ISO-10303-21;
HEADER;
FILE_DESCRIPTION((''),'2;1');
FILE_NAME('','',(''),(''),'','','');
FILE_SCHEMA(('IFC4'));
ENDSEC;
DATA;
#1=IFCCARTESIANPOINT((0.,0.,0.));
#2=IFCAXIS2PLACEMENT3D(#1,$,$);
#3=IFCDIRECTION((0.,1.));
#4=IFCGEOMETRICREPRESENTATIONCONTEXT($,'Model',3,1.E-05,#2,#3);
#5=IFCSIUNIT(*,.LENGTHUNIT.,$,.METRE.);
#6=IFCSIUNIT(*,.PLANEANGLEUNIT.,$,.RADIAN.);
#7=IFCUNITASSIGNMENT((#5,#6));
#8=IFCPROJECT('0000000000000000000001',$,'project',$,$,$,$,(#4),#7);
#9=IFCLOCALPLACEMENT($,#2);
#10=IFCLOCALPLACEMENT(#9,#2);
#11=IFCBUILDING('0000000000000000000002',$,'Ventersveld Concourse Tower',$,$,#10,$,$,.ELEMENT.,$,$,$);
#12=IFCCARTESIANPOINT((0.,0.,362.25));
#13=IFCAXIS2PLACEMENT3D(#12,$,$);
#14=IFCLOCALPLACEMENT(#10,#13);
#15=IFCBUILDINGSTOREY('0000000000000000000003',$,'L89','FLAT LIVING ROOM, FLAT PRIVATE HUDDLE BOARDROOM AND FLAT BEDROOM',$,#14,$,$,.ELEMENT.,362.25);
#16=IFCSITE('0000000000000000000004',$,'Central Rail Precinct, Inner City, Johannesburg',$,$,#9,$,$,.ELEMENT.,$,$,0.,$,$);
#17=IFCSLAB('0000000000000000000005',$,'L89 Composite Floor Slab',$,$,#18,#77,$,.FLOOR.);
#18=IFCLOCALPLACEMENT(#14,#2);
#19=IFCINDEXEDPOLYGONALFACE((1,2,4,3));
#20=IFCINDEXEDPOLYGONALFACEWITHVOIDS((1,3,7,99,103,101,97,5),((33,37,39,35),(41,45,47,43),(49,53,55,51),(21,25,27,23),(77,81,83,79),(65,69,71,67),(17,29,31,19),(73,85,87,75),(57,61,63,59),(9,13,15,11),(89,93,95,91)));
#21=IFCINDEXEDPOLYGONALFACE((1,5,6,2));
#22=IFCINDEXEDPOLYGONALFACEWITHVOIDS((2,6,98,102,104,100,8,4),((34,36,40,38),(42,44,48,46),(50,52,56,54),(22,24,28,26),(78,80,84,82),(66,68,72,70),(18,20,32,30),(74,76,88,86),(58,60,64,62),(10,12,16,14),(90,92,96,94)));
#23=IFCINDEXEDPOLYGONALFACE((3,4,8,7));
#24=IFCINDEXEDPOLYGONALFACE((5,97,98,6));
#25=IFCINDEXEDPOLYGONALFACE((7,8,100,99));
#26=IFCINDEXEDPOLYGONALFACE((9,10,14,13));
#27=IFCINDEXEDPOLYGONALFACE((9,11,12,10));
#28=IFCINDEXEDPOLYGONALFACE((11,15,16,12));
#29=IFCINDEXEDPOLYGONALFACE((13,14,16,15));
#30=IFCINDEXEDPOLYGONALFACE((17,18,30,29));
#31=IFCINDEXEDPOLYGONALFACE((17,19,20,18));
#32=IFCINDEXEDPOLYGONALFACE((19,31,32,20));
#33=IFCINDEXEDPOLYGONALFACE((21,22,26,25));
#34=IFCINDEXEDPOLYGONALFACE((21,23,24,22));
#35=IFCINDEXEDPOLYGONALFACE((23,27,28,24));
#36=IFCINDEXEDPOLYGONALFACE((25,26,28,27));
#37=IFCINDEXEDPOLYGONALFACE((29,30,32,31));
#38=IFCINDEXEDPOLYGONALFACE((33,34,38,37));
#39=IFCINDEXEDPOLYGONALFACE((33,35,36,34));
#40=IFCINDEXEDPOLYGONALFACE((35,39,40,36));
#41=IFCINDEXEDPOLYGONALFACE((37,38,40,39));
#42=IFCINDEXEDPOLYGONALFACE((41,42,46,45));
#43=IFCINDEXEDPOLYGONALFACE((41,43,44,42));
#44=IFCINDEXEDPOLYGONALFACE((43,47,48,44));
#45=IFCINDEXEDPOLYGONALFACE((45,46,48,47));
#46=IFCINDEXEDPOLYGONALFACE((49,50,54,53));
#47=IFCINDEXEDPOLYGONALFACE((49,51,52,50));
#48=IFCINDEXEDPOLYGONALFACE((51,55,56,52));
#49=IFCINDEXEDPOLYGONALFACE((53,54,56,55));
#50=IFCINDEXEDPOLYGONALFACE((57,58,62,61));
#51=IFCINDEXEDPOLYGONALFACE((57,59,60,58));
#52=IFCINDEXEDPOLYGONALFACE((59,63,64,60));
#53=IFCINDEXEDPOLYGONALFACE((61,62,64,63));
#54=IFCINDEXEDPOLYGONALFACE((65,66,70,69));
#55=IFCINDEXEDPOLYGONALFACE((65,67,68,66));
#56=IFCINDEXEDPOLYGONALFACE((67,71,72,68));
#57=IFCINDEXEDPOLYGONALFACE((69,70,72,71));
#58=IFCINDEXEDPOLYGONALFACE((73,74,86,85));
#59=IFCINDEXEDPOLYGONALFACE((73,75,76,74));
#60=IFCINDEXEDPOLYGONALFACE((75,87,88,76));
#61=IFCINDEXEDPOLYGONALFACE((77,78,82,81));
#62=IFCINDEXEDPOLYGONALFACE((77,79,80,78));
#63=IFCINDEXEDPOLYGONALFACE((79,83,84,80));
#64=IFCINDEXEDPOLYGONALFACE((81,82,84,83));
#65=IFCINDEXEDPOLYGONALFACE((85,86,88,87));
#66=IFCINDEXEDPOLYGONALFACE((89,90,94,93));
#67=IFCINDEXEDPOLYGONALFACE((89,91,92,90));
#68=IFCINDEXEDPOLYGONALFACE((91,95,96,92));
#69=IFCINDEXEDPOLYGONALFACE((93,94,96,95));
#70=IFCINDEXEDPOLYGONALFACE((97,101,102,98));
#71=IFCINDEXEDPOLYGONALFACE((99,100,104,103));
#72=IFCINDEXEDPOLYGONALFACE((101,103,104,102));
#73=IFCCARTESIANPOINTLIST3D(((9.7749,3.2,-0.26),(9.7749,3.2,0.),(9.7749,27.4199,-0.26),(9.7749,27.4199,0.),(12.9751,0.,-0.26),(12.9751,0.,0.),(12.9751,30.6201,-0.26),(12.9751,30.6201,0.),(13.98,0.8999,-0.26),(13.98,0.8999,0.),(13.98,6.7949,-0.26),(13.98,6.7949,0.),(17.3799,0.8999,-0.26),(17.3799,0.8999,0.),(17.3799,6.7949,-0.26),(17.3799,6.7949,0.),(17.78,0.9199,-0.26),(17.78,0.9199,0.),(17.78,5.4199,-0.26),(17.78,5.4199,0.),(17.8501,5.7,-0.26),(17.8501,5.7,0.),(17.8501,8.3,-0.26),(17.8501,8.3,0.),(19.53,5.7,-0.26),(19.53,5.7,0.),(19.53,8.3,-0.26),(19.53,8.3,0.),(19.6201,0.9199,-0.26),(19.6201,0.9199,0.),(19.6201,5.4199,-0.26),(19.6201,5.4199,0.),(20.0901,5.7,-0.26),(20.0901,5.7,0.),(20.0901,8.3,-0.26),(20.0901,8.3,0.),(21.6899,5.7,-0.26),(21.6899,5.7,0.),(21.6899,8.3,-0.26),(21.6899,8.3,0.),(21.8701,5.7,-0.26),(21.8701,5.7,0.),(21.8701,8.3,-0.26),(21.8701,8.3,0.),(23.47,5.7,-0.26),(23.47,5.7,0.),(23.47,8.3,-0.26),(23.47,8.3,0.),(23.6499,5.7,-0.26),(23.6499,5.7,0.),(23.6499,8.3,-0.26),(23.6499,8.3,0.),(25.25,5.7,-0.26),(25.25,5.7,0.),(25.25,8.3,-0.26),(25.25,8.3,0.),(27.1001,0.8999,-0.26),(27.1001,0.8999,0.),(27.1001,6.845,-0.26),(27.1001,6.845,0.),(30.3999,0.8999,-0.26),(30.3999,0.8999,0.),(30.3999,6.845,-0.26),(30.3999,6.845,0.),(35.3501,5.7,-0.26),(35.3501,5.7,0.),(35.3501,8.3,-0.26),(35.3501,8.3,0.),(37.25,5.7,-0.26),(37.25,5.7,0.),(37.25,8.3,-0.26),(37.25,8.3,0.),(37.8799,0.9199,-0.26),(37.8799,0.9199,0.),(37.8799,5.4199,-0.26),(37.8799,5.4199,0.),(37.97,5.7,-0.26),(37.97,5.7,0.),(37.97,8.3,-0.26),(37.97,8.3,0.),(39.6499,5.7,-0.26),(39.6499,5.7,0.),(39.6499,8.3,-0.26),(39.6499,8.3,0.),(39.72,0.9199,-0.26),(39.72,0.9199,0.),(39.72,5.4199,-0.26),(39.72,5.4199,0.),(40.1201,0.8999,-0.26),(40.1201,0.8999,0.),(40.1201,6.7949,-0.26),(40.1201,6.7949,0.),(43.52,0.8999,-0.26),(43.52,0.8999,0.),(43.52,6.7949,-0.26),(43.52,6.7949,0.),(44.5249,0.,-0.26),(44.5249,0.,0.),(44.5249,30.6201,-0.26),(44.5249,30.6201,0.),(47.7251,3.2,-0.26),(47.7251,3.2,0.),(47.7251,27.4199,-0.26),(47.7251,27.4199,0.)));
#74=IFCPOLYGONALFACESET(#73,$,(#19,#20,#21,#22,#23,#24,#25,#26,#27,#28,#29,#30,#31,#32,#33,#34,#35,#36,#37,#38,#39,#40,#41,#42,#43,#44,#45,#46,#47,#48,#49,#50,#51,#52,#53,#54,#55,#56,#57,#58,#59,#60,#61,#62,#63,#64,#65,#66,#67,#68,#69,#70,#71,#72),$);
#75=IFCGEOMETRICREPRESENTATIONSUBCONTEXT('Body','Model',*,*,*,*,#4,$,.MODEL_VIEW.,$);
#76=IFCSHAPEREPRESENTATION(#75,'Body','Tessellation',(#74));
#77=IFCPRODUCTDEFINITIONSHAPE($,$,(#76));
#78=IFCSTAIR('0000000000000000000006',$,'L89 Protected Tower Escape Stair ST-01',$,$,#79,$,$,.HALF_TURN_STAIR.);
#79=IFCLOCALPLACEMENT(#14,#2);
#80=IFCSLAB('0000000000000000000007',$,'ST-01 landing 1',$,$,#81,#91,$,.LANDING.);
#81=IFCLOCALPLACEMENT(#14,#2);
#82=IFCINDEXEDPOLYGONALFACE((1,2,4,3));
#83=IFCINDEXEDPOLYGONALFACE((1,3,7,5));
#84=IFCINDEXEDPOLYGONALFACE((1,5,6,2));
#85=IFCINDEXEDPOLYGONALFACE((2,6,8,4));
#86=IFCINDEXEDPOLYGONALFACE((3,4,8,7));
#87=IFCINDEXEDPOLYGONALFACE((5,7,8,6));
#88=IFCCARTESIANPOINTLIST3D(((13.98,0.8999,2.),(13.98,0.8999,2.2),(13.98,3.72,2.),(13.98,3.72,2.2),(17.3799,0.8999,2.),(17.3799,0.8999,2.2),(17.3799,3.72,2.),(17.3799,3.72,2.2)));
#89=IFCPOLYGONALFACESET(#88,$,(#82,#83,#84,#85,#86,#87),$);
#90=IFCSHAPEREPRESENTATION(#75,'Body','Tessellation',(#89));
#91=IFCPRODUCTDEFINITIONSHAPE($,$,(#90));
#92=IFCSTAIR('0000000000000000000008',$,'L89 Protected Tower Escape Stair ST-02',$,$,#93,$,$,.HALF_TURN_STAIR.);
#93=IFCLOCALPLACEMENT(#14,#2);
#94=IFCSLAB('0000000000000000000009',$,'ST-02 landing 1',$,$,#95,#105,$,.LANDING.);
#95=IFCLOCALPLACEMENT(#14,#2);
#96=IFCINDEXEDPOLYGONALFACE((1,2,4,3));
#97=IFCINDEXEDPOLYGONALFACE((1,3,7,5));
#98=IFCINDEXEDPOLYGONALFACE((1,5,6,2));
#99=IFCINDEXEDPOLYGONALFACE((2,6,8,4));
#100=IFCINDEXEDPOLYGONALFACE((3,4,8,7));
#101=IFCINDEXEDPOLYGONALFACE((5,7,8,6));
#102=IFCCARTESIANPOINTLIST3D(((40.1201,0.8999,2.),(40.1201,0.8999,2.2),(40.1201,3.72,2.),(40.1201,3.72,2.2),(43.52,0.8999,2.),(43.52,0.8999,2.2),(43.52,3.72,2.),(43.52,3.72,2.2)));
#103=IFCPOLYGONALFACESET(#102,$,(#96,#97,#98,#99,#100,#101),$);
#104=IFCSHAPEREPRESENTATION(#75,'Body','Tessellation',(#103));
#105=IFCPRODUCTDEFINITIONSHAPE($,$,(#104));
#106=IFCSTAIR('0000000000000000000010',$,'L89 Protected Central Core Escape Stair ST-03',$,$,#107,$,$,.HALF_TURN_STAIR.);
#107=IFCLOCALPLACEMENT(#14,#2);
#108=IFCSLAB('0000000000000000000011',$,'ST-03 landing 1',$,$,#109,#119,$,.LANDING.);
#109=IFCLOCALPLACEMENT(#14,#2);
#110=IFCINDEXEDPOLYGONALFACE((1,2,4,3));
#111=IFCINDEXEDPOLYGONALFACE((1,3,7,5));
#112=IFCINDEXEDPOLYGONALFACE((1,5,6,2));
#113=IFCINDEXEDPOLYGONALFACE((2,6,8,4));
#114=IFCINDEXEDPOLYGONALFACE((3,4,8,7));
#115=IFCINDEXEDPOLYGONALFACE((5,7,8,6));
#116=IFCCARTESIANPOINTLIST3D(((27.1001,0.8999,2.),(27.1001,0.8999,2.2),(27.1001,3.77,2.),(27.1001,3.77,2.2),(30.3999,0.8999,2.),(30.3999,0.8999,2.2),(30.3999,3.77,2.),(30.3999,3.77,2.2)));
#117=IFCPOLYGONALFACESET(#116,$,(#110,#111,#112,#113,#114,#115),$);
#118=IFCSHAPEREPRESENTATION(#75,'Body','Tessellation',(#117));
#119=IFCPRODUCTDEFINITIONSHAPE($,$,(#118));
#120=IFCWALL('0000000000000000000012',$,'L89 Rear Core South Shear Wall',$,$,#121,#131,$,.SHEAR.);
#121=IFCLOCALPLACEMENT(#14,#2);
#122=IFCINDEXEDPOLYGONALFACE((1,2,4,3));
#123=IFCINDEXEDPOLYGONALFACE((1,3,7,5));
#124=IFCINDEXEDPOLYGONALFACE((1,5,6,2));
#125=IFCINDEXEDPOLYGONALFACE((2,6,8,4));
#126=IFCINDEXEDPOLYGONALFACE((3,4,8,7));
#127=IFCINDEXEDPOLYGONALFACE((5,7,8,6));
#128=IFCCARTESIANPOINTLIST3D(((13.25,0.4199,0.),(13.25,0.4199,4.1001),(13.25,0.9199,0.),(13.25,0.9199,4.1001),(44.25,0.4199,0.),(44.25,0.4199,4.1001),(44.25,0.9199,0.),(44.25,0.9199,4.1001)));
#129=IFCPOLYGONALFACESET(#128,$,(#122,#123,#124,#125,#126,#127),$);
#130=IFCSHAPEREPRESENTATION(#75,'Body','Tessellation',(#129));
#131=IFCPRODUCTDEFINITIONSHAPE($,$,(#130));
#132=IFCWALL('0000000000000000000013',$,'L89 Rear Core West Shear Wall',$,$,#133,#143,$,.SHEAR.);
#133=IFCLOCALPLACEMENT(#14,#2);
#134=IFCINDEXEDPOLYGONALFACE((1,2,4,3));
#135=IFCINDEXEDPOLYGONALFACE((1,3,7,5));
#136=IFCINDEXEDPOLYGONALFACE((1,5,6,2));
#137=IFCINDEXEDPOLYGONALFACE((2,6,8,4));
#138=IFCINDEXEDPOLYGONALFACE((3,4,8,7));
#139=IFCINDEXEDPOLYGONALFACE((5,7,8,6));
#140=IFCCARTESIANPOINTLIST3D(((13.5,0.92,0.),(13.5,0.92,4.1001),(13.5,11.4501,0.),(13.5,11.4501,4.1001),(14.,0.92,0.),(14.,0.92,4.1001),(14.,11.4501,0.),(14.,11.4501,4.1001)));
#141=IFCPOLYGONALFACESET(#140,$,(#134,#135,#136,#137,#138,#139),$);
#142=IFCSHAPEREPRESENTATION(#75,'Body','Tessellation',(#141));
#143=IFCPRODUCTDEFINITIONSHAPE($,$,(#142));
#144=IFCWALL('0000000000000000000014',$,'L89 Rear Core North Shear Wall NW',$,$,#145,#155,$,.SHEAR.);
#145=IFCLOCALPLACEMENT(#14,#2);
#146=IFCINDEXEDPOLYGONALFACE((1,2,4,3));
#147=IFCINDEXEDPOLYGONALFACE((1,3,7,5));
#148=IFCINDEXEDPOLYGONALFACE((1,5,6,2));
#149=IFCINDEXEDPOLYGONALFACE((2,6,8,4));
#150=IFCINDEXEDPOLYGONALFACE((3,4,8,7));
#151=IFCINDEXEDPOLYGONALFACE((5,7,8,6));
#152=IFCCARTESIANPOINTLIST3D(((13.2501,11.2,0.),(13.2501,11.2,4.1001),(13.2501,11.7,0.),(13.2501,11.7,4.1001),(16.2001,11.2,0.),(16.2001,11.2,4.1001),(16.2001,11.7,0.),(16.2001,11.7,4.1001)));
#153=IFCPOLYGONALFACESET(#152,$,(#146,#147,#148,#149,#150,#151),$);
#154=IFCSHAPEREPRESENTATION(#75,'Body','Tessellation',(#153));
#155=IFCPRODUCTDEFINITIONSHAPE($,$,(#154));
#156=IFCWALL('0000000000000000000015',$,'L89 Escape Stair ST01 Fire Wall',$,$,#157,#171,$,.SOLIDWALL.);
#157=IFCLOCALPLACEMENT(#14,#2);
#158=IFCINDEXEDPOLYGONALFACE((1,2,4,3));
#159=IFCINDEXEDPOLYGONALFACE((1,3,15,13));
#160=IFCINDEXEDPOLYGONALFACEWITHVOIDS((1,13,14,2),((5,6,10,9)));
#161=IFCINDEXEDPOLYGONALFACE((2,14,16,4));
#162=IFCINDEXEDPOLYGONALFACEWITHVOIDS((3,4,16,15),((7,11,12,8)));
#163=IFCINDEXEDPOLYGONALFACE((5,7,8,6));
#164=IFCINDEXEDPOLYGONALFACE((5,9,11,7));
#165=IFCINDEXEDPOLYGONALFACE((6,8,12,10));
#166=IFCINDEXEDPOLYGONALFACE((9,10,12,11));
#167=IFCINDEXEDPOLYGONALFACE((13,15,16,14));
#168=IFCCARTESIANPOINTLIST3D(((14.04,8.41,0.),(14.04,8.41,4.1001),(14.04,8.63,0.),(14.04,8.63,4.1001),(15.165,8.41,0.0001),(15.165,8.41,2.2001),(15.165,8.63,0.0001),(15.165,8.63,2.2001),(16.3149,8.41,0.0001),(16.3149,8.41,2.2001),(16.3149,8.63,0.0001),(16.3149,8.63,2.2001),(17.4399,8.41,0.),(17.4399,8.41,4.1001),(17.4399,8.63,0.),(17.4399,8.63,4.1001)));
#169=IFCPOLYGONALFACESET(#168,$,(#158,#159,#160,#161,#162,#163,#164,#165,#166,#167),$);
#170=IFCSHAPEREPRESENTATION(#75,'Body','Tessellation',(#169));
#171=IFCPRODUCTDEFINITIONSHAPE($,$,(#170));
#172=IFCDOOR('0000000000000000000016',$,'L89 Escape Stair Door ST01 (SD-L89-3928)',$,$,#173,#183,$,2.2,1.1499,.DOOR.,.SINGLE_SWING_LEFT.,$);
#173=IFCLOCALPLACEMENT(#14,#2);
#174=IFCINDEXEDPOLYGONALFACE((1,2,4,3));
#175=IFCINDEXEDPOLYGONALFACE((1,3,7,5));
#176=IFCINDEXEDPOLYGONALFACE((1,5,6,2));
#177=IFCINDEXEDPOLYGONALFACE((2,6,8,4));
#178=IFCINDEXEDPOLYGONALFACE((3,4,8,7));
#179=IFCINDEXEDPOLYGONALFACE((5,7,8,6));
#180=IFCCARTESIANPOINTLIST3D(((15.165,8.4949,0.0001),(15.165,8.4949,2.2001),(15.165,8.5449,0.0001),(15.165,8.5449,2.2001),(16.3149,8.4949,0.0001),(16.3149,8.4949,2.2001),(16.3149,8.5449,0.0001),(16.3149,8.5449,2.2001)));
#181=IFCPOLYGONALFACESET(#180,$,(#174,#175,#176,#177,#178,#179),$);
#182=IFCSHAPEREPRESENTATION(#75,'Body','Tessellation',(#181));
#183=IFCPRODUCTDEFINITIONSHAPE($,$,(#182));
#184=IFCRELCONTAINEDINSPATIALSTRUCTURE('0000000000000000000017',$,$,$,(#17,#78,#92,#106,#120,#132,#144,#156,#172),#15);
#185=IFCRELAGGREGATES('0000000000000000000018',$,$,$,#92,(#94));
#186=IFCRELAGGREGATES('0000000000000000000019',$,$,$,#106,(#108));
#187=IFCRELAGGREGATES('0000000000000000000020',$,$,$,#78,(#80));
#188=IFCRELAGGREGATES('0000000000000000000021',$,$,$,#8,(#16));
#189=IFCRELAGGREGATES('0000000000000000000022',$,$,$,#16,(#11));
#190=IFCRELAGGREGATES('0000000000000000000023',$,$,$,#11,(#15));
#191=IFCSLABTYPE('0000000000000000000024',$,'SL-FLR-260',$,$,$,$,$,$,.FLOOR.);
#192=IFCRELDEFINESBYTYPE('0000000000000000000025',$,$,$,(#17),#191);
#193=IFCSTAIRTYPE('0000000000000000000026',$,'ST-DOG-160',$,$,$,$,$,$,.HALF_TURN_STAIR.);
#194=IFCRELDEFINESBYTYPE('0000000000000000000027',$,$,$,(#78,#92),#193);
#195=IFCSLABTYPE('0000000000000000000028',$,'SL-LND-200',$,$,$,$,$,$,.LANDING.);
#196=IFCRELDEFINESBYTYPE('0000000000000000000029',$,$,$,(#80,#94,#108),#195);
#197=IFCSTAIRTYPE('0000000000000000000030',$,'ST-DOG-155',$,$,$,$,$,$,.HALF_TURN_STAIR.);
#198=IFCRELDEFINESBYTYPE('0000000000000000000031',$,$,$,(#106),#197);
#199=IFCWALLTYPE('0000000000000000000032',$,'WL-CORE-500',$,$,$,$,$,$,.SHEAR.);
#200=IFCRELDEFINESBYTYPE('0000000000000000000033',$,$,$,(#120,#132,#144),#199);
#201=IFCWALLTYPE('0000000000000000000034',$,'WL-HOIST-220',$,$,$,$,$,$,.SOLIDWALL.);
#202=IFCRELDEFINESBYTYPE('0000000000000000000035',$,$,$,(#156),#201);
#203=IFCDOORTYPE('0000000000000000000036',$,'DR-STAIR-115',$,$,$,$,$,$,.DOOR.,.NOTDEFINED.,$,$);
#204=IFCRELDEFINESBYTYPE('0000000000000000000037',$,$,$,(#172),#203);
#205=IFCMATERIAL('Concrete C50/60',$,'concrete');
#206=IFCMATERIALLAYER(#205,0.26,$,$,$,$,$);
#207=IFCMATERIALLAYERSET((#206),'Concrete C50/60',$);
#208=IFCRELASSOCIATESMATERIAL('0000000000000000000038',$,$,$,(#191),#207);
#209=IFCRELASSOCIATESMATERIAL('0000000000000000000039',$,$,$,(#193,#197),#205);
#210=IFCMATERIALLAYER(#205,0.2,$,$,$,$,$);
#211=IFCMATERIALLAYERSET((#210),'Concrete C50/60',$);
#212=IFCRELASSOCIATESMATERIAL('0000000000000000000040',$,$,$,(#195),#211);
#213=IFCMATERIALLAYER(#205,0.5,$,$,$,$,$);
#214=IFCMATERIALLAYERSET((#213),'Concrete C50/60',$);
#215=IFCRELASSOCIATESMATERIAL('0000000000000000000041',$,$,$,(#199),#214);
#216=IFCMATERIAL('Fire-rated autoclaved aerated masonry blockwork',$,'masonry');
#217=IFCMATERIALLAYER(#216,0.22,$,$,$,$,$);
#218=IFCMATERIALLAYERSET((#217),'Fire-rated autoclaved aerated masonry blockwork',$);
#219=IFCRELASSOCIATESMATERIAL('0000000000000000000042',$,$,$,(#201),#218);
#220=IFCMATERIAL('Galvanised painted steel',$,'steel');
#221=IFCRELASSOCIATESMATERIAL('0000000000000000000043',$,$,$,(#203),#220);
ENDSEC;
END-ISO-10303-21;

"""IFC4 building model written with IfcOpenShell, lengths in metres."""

from ifc_helpers import new_model, si_unit, direction, frame, frame_2d, origin, place, context, subcontext, project, spatial, polyline, rectangle, outline, extrude, material, layer, layer_set, type_object, element, fill, aggregate, save


model = new_model("IFC4")

# Units and contexts
model_context = context("Model", 3, precision=1e-05, world=origin(), true_north=direction((0.0, 1.0)))
body_context = subcontext(model_context, "Body", "Model", "MODEL_VIEW")
ifc_project = project(units=[si_unit("LENGTHUNIT", "METRE"), si_unit("PLANEANGLEUNIT", "RADIAN")], contexts=[model_context])

# Site, building, storey
site_placement = place(None, origin())
site = spatial("IfcSite", under=ifc_project, at=site_placement, Name="Central Rail Precinct, Inner City, Johannesburg", CompositionType="ELEMENT", RefElevation=0.0)
building_placement = place(site_placement, origin())
building = spatial("IfcBuilding", under=site, at=building_placement, Name="Ventersveld Concourse Tower", CompositionType="ELEMENT")
storey_placement = place(building_placement, frame((0.0, 0.0, 362.25)))
storey = spatial("IfcBuildingStorey", under=building, at=storey_placement, Name="L89", Description="FLAT LIVING ROOM, FLAT PRIVATE HUDDLE BOARDROOM AND FLAT BEDROOM", CompositionType="ELEMENT", Elevation=362.25)

# Shared definitions
ifc_material_1 = material(Name="Concrete C50/60", Category="concrete")

# Slab
ifc_layer_1 = layer(ifc_material_1, 0.26)
ifc_layer_set_1 = layer_set([ifc_layer_1], Name="Concrete C50/60")
slab_type_1 = type_object("IfcSlabType", Name="SL-FLR-260", PredefinedType="FLOOR", material=ifc_layer_set_1)
slab_1_placement = place(storey_placement, frame((0.0, 0.0, -0.26)))
element("IfcSlab", 1, at=slab_1_placement, inside=storey, type_object=slab_type_1, Name="L89 Composite Floor Slab", PredefinedType="FLOOR", context=body_context, shape_type="SweptSolid", body=[
    extrude(outline(polyline([(12.9751, 0.0), (44.5249, 0.0), (47.7251, 3.2), (47.7251, 27.4199), (44.5249, 30.6201), (12.9751, 30.6201), (9.7749, 27.4199), (9.7749, 3.2), (12.9751, 0.0)]), holes=[polyline([(13.98, 6.7949), (13.98, 0.8999), (17.3799, 0.8999), (17.3799, 6.7949), (13.98, 6.7949)]), polyline([(40.1201, 6.7949), (40.1201, 0.8999), (43.52, 0.8999), (43.52, 6.7949), (40.1201, 6.7949)]), polyline([(27.1001, 6.845), (27.1001, 0.8999), (30.3999, 0.8999), (30.3999, 6.845), (27.1001, 6.845)]), polyline([(17.8501, 5.7), (19.53, 5.7), (19.53, 8.3), (17.8501, 8.3), (17.8501, 5.7)]), polyline([(37.97, 5.7), (39.6499, 5.7), (39.6499, 8.3), (37.97, 8.3), (37.97, 5.7)]), polyline([(35.3501, 5.7), (37.25, 5.7), (37.25, 8.3), (35.3501, 8.3), (35.3501, 5.7)]), polyline([(20.0901, 5.7), (21.6899, 5.7), (21.6899, 8.3), (20.0901, 8.3), (20.0901, 5.7)]), polyline([(21.8701, 5.7), (23.47, 5.7), (23.47, 8.3), (21.8701, 8.3), (21.8701, 5.7)]), polyline([(23.6499, 5.7), (25.25, 5.7), (25.25, 8.3), (23.6499, 8.3), (23.6499, 5.7)]), polyline([(17.78, 0.9199), (19.6201, 0.9199), (19.6201, 5.4199), (17.78, 5.4199), (17.78, 0.9199)]), polyline([(37.8799, 0.9199), (39.72, 0.9199), (39.72, 5.4199), (37.8799, 5.4199), (37.8799, 0.9199)])]), origin(), (0.0, 0.0, 1.0), 0.26),
])

# Stairs, slabs
stair_type_1 = type_object("IfcStairType", Name="ST-DOG-160", PredefinedType="HALF_TURN_STAIR", material=ifc_material_1)
stair_1_placement = place(storey_placement, origin())
stair_1 = element("IfcStair", 2, at=stair_1_placement, inside=storey, type_object=stair_type_1, Name="L89 Protected Tower Escape Stair ST-01", PredefinedType="HALF_TURN_STAIR")
ifc_layer_2 = layer(ifc_material_1, 0.2)
ifc_layer_set_2 = layer_set([ifc_layer_2], Name="Concrete C50/60")
slab_type_2 = type_object("IfcSlabType", Name="SL-LND-200", PredefinedType="LANDING", material=ifc_layer_set_2)
slab_2_placement = place(storey_placement, frame((0.0, 0.0, 2.0)))
slab_2 = element("IfcSlab", 3, at=slab_2_placement, type_object=slab_type_2, Name="ST-01 landing 1", PredefinedType="LANDING", context=body_context, shape_type="SweptSolid", body=[
    extrude(outline(polyline([(13.98, 3.72), (13.98, 0.8999), (17.3799, 0.8999), (17.3799, 3.72), (13.98, 3.72)])), origin(), (0.0, 0.0, 1.0), 0.2),
])
stair_2_placement = place(storey_placement, origin())
stair_2 = element("IfcStair", 4, at=stair_2_placement, inside=storey, type_object=stair_type_1, Name="L89 Protected Tower Escape Stair ST-02", PredefinedType="HALF_TURN_STAIR")
slab_3_placement = place(storey_placement, frame((0.0, 0.0, 2.0)))
slab_3 = element("IfcSlab", 5, at=slab_3_placement, type_object=slab_type_2, Name="ST-02 landing 1", PredefinedType="LANDING", context=body_context, shape_type="SweptSolid", body=[
    extrude(outline(polyline([(40.1201, 3.72), (40.1201, 0.8999), (43.52, 0.8999), (43.52, 3.72), (40.1201, 3.72)])), origin(), (0.0, 0.0, 1.0), 0.2),
])
aggregate(stair_2, [slab_3])
stair_type_2 = type_object("IfcStairType", Name="ST-DOG-155", PredefinedType="HALF_TURN_STAIR", material=ifc_material_1)
stair_3_placement = place(storey_placement, origin())
stair_3 = element("IfcStair", 6, at=stair_3_placement, inside=storey, type_object=stair_type_2, Name="L89 Protected Central Core Escape Stair ST-03", PredefinedType="HALF_TURN_STAIR")
slab_4_placement = place(storey_placement, frame((0.0, 0.0, 2.0)))
slab_4 = element("IfcSlab", 7, at=slab_4_placement, type_object=slab_type_2, Name="ST-03 landing 1", PredefinedType="LANDING", context=body_context, shape_type="SweptSolid", body=[
    extrude(outline(polyline([(27.1001, 3.77), (27.1001, 0.8999), (30.3999, 0.8999), (30.3999, 3.77), (27.1001, 3.77)])), origin(), (0.0, 0.0, 1.0), 0.2),
])
aggregate(stair_3, [slab_4])

# Walls
ifc_layer_3 = layer(ifc_material_1, 0.5)
ifc_layer_set_3 = layer_set([ifc_layer_3], Name="Concrete C50/60")
wall_type_1 = type_object("IfcWallType", Name="WL-CORE-500", PredefinedType="SHEAR", material=ifc_layer_set_3)
wall_1_placement = place(storey_placement, frame((13.25, 0.6699, 0.0), z_axis=(0.0, 0.0, 1.0), x_axis=(1.0, 0.0, 0.0)))
element("IfcWall", 8, at=wall_1_placement, inside=storey, type_object=wall_type_1, Name="L89 Rear Core South Shear Wall", PredefinedType="SHEAR", context=body_context, shape_type="SweptSolid", body=[
    extrude(rectangle(XDim=31.0, YDim=0.5, at=frame_2d((15.5, 0.0))), origin(), (0.0, 0.0, 1.0), 4.1001),
])
wall_2_placement = place(storey_placement, frame((13.75, 0.9199, 0.0), z_axis=(0.0, 0.0, 1.0), x_axis=(0.0, 1.0, 0.0)))
element("IfcWall", 9, at=wall_2_placement, inside=storey, type_object=wall_type_1, Name="L89 Rear Core West Shear Wall", PredefinedType="SHEAR", context=body_context, shape_type="SweptSolid", body=[
    extrude(rectangle(XDim=10.53, YDim=0.5, at=frame_2d((5.2651, 0.0))), origin(), (0.0, 0.0, 1.0), 4.1001),
])
wall_3_placement = place(storey_placement, frame((13.25, 11.45, 0.0), z_axis=(0.0, 0.0, 1.0), x_axis=(1.0, 0.0, 0.0)))
element("IfcWall", 10, at=wall_3_placement, inside=storey, type_object=wall_type_1, Name="L89 Rear Core North Shear Wall NW", PredefinedType="SHEAR", context=body_context, shape_type="SweptSolid", body=[
    extrude(rectangle(XDim=2.95, YDim=0.5, at=frame_2d((1.4751, 0.0))), origin(), (0.0, 0.0, 1.0), 4.1001),
])

# Wall, opening, door
ifc_material_2 = material(Name="Fire-rated autoclaved aerated masonry blockwork", Category="masonry")
ifc_layer_4 = layer(ifc_material_2, 0.22)
ifc_layer_set_4 = layer_set([ifc_layer_4], Name="Fire-rated autoclaved aerated masonry blockwork")
wall_type_2 = type_object("IfcWallType", Name="WL-HOIST-220", PredefinedType="SOLIDWALL", material=ifc_layer_set_4)
wall_4_placement = place(storey_placement, frame((14.04, 8.52, 0.0), z_axis=(0.0, 0.0, 1.0), x_axis=(1.0, 0.0, 0.0)))
wall_4 = element("IfcWall", 11, at=wall_4_placement, inside=storey, type_object=wall_type_2, Name="L89 Escape Stair ST01 Fire Wall", PredefinedType="SOLIDWALL", context=body_context, shape_type="SweptSolid", body=[
    extrude(rectangle(XDim=3.3999, YDim=0.22, at=frame_2d((1.7, 0.0))), origin(), (0.0, 0.0, 1.0), 4.1001),
])
opening_placement = place(wall_4_placement, frame((1.125, 0.0, 0.0)))
opening = element("IfcOpeningElement", 12, at=opening_placement, cuts=wall_4, PredefinedType="OPENING", context=body_context, shape_type="SweptSolid", body=[
    extrude(rectangle(XDim=1.1499, YDim=2.2, at=frame_2d((0.575, 1.1001))), frame((0.0, 0.1201, 0.0), z_axis=(0.0, -1.0, 0.0), x_axis=(1.0, 0.0, 0.0)), (0.0, 0.0, 1.0), 0.24),
])
ifc_material_3 = material(Name="Galvanised painted steel", Category="steel")
door_type = type_object("IfcDoorType", Name="DR-STAIR-115", OperationType="NOTDEFINED", PredefinedType="DOOR", material=ifc_material_3)
door_placement = place(opening_placement, origin())
door = element("IfcDoor", 13, at=door_placement, inside=storey, type_object=door_type, Name="L89 Escape Stair Door ST01 (SD-L89-3928)", OperationType="SINGLE_SWING_LEFT", OverallHeight=2.2, OverallWidth=1.1499, PredefinedType="DOOR", context=body_context, shape_type="SweptSolid", body=[
    extrude(rectangle(XDim=1.1499, YDim=2.2, at=frame_2d((0.575, 1.1001))), frame((0.0, 0.0249, 0.0), z_axis=(0.0, -1.0, 0.0), x_axis=(1.0, 0.0, 0.0)), (0.0, 0.0, 1.0), 0.05),
])
fill(opening, door)

aggregate(stair_1, [slab_2])

save(model, "model.ifc")
